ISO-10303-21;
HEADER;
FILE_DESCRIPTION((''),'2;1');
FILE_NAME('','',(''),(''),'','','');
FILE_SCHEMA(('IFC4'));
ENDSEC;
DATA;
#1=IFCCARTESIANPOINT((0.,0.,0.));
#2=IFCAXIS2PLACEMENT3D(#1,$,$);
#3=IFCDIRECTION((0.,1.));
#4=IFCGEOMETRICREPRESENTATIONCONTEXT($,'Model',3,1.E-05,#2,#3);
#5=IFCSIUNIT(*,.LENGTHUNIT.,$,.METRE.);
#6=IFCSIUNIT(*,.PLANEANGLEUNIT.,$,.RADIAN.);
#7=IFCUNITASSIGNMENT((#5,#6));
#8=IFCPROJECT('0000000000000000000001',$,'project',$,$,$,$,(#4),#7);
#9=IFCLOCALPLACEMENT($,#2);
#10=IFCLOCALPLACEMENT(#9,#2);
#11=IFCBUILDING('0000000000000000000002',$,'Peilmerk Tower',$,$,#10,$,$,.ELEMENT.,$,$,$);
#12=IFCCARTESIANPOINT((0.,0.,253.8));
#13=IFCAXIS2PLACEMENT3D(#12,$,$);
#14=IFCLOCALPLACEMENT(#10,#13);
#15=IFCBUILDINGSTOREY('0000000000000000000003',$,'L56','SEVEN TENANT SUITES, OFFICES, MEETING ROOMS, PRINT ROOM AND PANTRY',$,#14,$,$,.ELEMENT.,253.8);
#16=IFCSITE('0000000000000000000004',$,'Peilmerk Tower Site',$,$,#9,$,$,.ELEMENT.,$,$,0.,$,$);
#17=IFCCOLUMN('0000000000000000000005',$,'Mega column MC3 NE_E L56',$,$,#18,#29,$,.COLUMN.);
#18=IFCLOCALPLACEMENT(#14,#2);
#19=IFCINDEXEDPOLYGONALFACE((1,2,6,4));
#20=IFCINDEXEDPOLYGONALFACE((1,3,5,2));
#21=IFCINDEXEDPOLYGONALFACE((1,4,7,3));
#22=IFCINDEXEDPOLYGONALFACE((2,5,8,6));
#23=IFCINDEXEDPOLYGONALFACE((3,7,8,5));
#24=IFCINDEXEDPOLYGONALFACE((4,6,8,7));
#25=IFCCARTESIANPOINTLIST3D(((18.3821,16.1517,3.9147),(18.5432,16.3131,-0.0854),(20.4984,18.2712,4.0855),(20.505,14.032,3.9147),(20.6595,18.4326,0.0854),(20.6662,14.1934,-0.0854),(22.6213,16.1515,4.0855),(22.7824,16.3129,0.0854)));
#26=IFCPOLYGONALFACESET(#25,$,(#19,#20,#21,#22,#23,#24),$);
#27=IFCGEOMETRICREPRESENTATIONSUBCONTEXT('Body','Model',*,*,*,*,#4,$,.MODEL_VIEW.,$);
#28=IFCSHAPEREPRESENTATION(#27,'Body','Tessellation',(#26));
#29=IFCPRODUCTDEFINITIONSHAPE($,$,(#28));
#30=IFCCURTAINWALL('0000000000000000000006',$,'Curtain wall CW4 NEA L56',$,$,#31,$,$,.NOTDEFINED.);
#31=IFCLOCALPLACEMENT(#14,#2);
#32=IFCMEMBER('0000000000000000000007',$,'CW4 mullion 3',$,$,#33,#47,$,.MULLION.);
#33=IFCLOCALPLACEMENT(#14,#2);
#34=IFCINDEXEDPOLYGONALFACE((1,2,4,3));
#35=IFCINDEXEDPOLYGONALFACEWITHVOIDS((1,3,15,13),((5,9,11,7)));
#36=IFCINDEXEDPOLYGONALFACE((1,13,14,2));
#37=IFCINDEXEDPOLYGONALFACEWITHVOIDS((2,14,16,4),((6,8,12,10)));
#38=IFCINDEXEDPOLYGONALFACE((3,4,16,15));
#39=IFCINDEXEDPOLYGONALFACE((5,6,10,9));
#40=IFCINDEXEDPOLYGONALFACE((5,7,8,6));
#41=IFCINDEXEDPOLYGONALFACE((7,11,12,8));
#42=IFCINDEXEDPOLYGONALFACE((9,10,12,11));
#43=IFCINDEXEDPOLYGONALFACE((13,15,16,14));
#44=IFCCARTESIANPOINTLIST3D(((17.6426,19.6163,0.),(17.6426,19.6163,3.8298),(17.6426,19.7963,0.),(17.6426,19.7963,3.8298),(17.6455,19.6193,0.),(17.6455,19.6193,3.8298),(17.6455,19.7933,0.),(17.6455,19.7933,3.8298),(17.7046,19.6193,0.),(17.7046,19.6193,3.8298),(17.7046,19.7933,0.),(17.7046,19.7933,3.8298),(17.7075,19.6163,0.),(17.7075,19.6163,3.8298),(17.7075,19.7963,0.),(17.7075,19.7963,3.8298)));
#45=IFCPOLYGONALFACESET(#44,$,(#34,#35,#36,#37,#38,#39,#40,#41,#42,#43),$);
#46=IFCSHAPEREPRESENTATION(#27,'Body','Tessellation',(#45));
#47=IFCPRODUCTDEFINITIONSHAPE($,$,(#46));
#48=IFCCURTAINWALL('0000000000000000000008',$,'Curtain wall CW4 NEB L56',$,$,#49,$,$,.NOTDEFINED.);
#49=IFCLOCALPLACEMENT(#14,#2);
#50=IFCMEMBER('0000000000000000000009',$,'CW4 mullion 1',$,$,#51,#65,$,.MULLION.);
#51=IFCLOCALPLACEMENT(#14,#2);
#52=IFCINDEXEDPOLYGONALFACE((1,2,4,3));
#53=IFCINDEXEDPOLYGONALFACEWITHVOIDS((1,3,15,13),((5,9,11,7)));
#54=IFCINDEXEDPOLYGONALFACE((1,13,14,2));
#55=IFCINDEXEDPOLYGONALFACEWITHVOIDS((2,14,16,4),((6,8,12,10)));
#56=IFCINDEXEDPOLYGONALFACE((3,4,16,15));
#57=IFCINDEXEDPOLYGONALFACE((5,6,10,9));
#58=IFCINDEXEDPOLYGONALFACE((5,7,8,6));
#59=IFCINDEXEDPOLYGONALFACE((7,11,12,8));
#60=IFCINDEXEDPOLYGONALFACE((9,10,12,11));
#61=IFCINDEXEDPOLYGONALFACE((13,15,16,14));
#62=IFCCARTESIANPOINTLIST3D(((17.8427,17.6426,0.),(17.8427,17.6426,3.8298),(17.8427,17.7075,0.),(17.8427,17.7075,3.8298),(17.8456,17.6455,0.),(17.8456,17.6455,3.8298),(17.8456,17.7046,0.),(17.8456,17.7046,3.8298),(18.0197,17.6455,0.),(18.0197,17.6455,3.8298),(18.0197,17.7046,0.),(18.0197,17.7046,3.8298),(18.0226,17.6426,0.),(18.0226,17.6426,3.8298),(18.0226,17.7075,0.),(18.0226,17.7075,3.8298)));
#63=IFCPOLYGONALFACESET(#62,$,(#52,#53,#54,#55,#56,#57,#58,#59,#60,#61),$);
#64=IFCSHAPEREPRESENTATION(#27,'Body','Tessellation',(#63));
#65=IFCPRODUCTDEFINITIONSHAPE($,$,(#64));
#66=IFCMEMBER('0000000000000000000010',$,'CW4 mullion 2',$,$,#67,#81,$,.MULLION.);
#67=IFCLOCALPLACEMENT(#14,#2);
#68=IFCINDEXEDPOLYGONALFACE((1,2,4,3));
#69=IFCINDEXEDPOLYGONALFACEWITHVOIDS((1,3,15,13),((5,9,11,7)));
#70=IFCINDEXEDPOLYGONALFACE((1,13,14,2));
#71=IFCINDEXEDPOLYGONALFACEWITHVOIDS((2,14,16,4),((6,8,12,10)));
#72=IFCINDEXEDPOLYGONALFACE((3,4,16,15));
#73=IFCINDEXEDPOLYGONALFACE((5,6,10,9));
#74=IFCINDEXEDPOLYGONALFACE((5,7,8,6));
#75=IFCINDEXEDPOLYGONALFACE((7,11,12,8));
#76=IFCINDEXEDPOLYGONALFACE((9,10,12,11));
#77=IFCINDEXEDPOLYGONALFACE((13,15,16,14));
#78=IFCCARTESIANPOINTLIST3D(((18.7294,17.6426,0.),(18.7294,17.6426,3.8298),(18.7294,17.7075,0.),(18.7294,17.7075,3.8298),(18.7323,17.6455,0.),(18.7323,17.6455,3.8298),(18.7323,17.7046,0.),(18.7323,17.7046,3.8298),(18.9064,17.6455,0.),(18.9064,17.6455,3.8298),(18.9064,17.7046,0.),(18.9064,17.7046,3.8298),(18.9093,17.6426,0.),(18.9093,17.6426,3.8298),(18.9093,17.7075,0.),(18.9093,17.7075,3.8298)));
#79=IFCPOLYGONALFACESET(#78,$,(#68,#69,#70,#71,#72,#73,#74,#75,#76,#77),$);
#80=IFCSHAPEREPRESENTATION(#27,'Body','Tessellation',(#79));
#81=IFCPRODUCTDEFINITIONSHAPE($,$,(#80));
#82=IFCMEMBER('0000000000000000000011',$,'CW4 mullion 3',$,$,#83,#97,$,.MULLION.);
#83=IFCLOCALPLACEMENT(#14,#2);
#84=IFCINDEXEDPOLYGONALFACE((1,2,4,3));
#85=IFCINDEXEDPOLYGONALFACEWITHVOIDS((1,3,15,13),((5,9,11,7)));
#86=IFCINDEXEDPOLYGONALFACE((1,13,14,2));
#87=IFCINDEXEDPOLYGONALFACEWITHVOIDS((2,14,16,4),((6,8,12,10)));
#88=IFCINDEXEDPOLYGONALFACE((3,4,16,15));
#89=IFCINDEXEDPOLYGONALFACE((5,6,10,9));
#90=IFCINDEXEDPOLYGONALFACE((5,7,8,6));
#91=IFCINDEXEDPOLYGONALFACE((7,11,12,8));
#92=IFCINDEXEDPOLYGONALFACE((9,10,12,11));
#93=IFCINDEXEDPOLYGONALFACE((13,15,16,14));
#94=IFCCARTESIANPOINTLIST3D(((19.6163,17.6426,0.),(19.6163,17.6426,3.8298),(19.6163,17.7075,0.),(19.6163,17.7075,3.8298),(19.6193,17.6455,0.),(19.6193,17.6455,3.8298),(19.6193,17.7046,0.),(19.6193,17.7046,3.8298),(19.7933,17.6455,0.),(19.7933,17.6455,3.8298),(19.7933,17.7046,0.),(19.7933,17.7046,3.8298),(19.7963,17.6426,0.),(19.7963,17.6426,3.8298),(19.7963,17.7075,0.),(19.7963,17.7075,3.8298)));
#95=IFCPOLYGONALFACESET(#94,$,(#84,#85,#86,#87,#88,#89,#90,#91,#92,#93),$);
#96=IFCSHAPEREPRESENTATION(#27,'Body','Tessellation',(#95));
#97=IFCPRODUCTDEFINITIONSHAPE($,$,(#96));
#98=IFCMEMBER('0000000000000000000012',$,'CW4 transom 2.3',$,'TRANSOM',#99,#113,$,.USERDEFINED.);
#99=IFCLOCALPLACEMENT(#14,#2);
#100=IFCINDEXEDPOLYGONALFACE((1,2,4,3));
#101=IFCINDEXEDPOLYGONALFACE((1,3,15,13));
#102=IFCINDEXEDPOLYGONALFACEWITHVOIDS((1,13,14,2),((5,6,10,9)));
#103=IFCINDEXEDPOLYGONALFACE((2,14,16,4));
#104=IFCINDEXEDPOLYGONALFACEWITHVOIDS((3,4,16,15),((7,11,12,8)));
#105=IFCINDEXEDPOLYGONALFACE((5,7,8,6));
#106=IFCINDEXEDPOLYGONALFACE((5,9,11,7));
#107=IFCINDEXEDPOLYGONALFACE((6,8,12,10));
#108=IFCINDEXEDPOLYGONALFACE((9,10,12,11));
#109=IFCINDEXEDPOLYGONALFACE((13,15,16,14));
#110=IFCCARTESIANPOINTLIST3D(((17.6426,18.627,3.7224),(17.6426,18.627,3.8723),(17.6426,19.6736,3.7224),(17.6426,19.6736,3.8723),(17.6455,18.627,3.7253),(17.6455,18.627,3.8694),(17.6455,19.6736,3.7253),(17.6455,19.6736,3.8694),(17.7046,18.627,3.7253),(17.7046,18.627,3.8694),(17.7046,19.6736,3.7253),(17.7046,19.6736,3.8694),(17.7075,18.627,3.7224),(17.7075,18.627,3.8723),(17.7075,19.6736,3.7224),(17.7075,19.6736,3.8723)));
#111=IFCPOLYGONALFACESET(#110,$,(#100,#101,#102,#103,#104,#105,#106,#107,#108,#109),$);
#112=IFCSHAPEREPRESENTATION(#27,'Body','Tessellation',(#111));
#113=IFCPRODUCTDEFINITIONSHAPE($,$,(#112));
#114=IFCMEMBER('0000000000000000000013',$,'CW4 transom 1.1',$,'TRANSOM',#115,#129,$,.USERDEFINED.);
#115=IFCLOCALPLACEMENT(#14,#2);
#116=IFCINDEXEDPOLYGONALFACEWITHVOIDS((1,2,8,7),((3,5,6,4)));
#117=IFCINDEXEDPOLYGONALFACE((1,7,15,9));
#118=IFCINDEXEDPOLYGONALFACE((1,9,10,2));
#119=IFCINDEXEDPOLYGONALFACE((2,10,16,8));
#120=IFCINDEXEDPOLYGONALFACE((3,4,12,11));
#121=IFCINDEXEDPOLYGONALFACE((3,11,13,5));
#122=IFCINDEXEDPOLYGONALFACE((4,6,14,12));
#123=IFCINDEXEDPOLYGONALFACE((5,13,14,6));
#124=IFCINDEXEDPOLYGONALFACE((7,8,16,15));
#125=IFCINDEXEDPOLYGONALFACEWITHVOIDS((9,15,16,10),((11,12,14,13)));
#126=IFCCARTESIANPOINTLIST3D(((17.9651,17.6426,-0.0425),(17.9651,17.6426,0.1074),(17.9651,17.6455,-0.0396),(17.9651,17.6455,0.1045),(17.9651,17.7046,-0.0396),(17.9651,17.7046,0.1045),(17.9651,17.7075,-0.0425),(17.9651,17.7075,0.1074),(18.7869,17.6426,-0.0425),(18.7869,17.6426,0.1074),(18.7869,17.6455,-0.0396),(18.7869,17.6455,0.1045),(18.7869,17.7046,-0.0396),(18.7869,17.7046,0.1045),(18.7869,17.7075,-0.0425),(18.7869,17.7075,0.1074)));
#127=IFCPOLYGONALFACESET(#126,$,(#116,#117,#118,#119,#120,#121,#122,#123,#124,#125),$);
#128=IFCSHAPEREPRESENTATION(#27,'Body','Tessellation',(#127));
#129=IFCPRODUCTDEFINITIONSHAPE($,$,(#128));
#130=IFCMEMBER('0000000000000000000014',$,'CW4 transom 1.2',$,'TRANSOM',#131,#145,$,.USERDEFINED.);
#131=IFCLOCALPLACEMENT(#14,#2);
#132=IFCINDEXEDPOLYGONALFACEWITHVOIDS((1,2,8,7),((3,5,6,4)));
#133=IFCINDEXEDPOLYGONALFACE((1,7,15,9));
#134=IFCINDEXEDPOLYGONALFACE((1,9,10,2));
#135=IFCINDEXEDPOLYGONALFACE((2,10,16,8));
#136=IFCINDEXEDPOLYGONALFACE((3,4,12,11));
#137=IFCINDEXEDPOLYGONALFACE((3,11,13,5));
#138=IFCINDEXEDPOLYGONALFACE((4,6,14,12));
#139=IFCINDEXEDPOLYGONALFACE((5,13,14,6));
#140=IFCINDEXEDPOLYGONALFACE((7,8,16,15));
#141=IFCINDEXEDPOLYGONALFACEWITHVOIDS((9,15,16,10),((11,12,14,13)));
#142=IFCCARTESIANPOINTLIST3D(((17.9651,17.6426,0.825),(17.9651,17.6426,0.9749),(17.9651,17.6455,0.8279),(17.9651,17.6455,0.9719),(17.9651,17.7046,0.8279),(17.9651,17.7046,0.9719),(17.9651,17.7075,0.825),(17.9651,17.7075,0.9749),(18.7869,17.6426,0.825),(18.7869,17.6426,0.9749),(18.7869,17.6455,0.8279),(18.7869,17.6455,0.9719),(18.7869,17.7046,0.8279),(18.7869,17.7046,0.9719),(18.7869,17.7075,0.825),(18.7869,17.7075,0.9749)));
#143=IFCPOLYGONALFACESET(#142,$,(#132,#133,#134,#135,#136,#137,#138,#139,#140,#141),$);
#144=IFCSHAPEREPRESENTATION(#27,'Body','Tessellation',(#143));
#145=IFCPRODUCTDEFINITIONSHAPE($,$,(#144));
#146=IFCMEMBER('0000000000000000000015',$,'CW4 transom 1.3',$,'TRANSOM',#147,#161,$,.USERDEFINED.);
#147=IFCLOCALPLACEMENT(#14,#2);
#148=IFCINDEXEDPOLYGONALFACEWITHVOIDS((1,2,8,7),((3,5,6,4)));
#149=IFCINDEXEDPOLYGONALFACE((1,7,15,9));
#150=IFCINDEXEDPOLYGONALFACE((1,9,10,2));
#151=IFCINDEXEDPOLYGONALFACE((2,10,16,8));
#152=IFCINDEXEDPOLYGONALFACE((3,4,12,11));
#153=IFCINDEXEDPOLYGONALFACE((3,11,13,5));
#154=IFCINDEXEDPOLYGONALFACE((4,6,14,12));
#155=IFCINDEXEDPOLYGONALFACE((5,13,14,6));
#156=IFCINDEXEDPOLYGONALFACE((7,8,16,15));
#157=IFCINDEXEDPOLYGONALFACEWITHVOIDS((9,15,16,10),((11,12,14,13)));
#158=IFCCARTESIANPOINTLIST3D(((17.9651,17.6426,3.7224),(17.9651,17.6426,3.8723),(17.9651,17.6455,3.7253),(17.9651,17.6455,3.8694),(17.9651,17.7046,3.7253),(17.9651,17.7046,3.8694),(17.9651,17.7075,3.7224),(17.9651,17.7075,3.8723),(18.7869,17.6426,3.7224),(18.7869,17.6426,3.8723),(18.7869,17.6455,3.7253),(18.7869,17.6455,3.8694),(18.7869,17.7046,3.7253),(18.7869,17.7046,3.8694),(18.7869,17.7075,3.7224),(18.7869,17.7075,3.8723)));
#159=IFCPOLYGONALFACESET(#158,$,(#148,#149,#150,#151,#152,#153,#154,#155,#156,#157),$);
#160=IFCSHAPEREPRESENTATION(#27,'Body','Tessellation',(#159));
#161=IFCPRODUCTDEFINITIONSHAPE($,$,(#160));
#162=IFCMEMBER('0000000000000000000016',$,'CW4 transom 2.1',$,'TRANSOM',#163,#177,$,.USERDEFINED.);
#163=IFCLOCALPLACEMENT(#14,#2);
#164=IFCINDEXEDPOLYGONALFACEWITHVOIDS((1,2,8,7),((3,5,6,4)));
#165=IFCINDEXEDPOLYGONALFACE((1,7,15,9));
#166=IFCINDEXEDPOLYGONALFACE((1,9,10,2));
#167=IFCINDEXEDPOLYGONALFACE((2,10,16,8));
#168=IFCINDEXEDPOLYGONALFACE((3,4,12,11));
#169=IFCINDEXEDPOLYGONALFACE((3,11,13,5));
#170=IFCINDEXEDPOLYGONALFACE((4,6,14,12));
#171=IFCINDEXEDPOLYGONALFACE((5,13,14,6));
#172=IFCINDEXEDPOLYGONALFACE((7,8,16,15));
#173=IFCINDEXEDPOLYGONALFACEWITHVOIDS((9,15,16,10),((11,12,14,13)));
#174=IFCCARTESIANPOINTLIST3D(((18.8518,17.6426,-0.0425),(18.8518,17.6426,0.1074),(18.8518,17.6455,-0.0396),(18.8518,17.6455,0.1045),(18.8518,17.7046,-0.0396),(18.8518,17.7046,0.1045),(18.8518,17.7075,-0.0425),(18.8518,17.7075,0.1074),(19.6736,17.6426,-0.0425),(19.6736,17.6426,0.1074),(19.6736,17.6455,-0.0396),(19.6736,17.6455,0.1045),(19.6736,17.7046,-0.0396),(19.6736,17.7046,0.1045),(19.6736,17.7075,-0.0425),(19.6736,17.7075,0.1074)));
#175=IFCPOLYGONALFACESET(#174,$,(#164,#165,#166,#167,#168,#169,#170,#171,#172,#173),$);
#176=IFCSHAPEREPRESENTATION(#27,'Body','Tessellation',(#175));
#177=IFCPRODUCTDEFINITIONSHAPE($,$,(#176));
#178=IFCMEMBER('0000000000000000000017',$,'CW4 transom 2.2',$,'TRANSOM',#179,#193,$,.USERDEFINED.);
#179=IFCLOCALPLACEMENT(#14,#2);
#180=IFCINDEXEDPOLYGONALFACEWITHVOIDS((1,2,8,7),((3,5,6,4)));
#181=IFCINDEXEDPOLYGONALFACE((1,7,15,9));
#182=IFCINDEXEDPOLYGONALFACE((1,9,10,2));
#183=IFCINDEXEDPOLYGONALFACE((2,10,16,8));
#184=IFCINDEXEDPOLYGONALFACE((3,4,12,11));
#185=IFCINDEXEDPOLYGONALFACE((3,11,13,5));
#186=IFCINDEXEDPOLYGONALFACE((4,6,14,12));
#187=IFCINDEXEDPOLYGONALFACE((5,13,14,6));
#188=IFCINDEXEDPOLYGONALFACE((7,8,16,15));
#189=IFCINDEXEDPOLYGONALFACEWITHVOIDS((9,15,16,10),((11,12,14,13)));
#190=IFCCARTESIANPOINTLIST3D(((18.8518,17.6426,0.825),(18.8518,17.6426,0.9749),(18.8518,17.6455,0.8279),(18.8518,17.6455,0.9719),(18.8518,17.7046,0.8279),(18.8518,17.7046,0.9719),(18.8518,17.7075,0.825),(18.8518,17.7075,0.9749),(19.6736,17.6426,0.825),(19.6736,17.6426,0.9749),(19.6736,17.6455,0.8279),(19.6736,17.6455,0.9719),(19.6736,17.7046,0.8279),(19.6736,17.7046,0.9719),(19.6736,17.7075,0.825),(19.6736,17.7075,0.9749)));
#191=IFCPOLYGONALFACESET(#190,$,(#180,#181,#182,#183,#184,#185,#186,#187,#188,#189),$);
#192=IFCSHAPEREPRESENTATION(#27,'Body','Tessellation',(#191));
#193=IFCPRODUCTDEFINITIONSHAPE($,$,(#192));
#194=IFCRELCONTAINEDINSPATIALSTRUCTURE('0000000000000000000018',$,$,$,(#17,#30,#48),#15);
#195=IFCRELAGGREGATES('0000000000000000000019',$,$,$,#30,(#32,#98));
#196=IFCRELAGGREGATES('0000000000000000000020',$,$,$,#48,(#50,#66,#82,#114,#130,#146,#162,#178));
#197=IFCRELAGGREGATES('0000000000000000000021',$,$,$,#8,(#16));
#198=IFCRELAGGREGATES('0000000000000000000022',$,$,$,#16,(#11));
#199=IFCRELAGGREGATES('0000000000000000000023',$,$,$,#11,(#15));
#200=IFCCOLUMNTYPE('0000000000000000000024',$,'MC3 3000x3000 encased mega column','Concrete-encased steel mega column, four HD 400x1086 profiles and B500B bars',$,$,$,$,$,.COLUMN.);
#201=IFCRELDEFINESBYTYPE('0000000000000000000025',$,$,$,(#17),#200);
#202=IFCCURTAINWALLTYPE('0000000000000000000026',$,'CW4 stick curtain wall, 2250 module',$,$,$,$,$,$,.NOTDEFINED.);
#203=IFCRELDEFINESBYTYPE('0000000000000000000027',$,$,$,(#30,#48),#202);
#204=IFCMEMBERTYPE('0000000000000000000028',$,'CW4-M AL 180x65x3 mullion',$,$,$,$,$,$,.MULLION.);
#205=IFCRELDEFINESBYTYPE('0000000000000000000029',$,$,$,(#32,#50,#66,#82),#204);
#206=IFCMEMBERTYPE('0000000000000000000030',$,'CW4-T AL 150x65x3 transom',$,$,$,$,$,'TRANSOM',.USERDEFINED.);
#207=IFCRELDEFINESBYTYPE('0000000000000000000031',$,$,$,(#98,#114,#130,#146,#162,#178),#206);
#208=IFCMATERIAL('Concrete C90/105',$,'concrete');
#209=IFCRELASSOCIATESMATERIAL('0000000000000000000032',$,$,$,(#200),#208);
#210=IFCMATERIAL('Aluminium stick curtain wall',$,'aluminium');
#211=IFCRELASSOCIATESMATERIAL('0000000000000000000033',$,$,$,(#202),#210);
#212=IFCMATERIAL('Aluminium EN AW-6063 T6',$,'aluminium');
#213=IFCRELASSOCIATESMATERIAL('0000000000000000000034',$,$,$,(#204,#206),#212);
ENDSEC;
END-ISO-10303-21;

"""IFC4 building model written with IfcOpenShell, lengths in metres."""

from ifc_helpers import new_model, si_unit, direction, frame, origin, origin_2d, place, context, subcontext, project, spatial, rectangle, hollow_rectangle, extrude, material, material_profile, profile_set, type_object, element, aggregate, save


model = new_model("IFC4")

# Units and contexts
model_context = context("Model", 3, precision=1e-05, world=origin(), true_north=direction((0.0, 1.0)))
body_context = subcontext(model_context, "Body", "Model", "MODEL_VIEW")
ifc_project = project(units=[si_unit("LENGTHUNIT", "METRE"), si_unit("PLANEANGLEUNIT", "RADIAN")], contexts=[model_context])

# Site, building, storey
site_placement = place(None, origin())
site = spatial("IfcSite", under=ifc_project, at=site_placement, Name="Peilmerk Tower Site", CompositionType="ELEMENT", RefElevation=0.0)
building_placement = place(site_placement, origin())
building = spatial("IfcBuilding", under=site, at=building_placement, Name="Peilmerk Tower", CompositionType="ELEMENT")
storey_placement = place(building_placement, frame((0.0, 0.0, 253.8)))
storey = spatial("IfcBuildingStorey", under=building, at=storey_placement, Name="L56", Description="SEVEN TENANT SUITES, OFFICES, MEETING ROOMS, PRINT ROOM AND PANTRY", CompositionType="ELEMENT", Elevation=253.8)

# Column
ifc_material_1 = material(Name="Concrete C90/105", Category="concrete")
ifc_material_profile_1 = material_profile(ifc_material_1, rectangle(XDim=3.0, YDim=3.0, at=origin_2d()), Name="RC 3000x3000")
ifc_profile_set_1 = profile_set([ifc_material_profile_1], Name="Concrete C90/105")
column_type = type_object("IfcColumnType", Name="MC3 3000x3000 encased mega column", Description="Concrete-encased steel mega column, four HD 400x1086 profiles and B500B bars", PredefinedType="COLUMN", material=ifc_profile_set_1)
column_placement = place(storey_placement, frame((20.6628, 16.313, 0.0), z_axis=(-0.040218, -0.040279, 0.998379), x_axis=(0.707642, -0.706571, 0.0)))
element("IfcColumn", 1, at=column_placement, inside=storey, type_object=column_type, Name="Mega column MC3 NE_E L56", PredefinedType="COLUMN", context=body_context, shape_type="SweptSolid", body=[
    extrude(rectangle(XDim=3.0, YDim=3.0, at=origin_2d()), origin(), (0.0, 0.0, 1.0), 4.0066),
])

# Curtain wall, member
ifc_material_2 = material(Name="Aluminium stick curtain wall", Category="aluminium")
curtain_wall_type = type_object("IfcCurtainWallType", Name="CW4 stick curtain wall, 2250 module", PredefinedType="NOTDEFINED", material=ifc_material_2)
curtain_wall_1_placement = place(storey_placement, origin())
curtain_wall_1 = element("IfcCurtainWall", 2, at=curtain_wall_1_placement, inside=storey, type_object=curtain_wall_type, Name="Curtain wall CW4 NEA L56", PredefinedType="NOTDEFINED")
ifc_material_3 = material(Name="Aluminium EN AW-6063 T6", Category="aluminium")
ifc_material_profile_2 = material_profile(ifc_material_3, hollow_rectangle(XDim=0.0649, YDim=0.1799, WallThickness=0.0029, at=origin_2d()), Name="AL 180x65x3")
ifc_profile_set_2 = profile_set([ifc_material_profile_2], Name="Aluminium EN AW-6063 T6")
member_type_1 = type_object("IfcMemberType", Name="CW4-M AL 180x65x3 mullion", PredefinedType="MULLION", material=ifc_profile_set_2)
member_1_placement = place(storey_placement, frame((17.675, 19.7063, 0.0), z_axis=(0.0, 0.0, 1.0), x_axis=(-1.0, 0.0, 0.0)))
member_1 = element("IfcMember", 3, at=member_1_placement, type_object=member_type_1, Name="CW4 mullion 3", PredefinedType="MULLION", context=body_context, shape_type="SweptSolid", body=[
    extrude(hollow_rectangle(XDim=0.0649, YDim=0.1799, WallThickness=0.0029, at=origin_2d()), origin(), (0.0, 0.0, 1.0), 3.8298),
])

# Curtain wall, members
curtain_wall_2_placement = place(storey_placement, origin())
curtain_wall_2 = element("IfcCurtainWall", 4, at=curtain_wall_2_placement, inside=storey, type_object=curtain_wall_type, Name="Curtain wall CW4 NEB L56", PredefinedType="NOTDEFINED")
member_2_placement = place(storey_placement, frame((17.9326, 17.675, 0.0), z_axis=(0.0, 0.0, 1.0), x_axis=(0.0, 1.0, 0.0)))
member_2 = element("IfcMember", 5, at=member_2_placement, type_object=member_type_1, Name="CW4 mullion 1", PredefinedType="MULLION", context=body_context, shape_type="SweptSolid", body=[
    extrude(hollow_rectangle(XDim=0.0649, YDim=0.1799, WallThickness=0.0029, at=origin_2d()), origin(), (0.0, 0.0, 1.0), 3.8298),
])
member_3_placement = place(storey_placement, frame((18.8193, 17.675, 0.0), z_axis=(0.0, 0.0, 1.0), x_axis=(0.0, 1.0, 0.0)))
member_3 = element("IfcMember", 6, at=member_3_placement, type_object=member_type_1, Name="CW4 mullion 2", PredefinedType="MULLION", context=body_context, shape_type="SweptSolid", body=[
    extrude(hollow_rectangle(XDim=0.0649, YDim=0.1799, WallThickness=0.0029, at=origin_2d()), origin(), (0.0, 0.0, 1.0), 3.8298),
])
member_4_placement = place(storey_placement, frame((19.7063, 17.675, 0.0), z_axis=(0.0, 0.0, 1.0), x_axis=(0.0, 1.0, 0.0)))
member_4 = element("IfcMember", 7, at=member_4_placement, type_object=member_type_1, Name="CW4 mullion 3", PredefinedType="MULLION", context=body_context, shape_type="SweptSolid", body=[
    extrude(hollow_rectangle(XDim=0.0649, YDim=0.1799, WallThickness=0.0029, at=origin_2d()), origin(), (0.0, 0.0, 1.0), 3.8298),
])

# Members
ifc_material_profile_3 = material_profile(ifc_material_3, hollow_rectangle(XDim=0.0649, YDim=0.1499, WallThickness=0.0029, at=origin_2d()), Name="AL 150x65x3")
ifc_profile_set_3 = profile_set([ifc_material_profile_3], Name="Aluminium EN AW-6063 T6")
member_type_2 = type_object("IfcMemberType", Name="CW4-T AL 150x65x3 transom", ElementType="TRANSOM", PredefinedType="USERDEFINED", material=ifc_profile_set_3)
member_5_placement = place(storey_placement, frame((17.675, 18.627, 3.7974), z_axis=(0.0, 1.0, 0.0), x_axis=(-1.0, 0.0, 0.0)))
member_5 = element("IfcMember", 8, at=member_5_placement, type_object=member_type_2, Name="CW4 transom 2.3", ObjectType="TRANSOM", PredefinedType="USERDEFINED", context=body_context, shape_type="SweptSolid", body=[
    extrude(hollow_rectangle(XDim=0.0649, YDim=0.1499, WallThickness=0.0029, at=origin_2d()), origin(), (0.0, 0.0, 1.0), 1.0466),
])
member_6_placement = place(storey_placement, frame((17.9651, 17.675, 0.0325), z_axis=(1.0, 0.0, 0.0), x_axis=(0.0, 1.0, 0.0)))
member_6 = element("IfcMember", 9, at=member_6_placement, type_object=member_type_2, Name="CW4 transom 1.1", ObjectType="TRANSOM", PredefinedType="USERDEFINED", context=body_context, shape_type="SweptSolid", body=[
    extrude(hollow_rectangle(XDim=0.0649, YDim=0.1499, WallThickness=0.0029, at=origin_2d()), origin(), (0.0, 0.0, 1.0), 0.8218),
])
member_7_placement = place(storey_placement, frame((17.9651, 17.675, 0.8999), z_axis=(1.0, 0.0, 0.0), x_axis=(0.0, 1.0, 0.0)))
member_7 = element("IfcMember", 10, at=member_7_placement, type_object=member_type_2, Name="CW4 transom 1.2", ObjectType="TRANSOM", PredefinedType="USERDEFINED", context=body_context, shape_type="SweptSolid", body=[
    extrude(hollow_rectangle(XDim=0.0649, YDim=0.1499, WallThickness=0.0029, at=origin_2d()), origin(), (0.0, 0.0, 1.0), 0.8218),
])
member_8_placement = place(storey_placement, frame((17.9651, 17.675, 3.7974), z_axis=(1.0, 0.0, 0.0), x_axis=(0.0, 1.0, 0.0)))
member_8 = element("IfcMember", 11, at=member_8_placement, type_object=member_type_2, Name="CW4 transom 1.3", ObjectType="TRANSOM", PredefinedType="USERDEFINED", context=body_context, shape_type="SweptSolid", body=[
    extrude(hollow_rectangle(XDim=0.0649, YDim=0.1499, WallThickness=0.0029, at=origin_2d()), origin(), (0.0, 0.0, 1.0), 0.8218),
])
member_9_placement = place(storey_placement, frame((18.8518, 17.675, 0.0325), z_axis=(1.0, 0.0, 0.0), x_axis=(0.0, 1.0, 0.0)))
member_9 = element("IfcMember", 12, at=member_9_placement, type_object=member_type_2, Name="CW4 transom 2.1", ObjectType="TRANSOM", PredefinedType="USERDEFINED", context=body_context, shape_type="SweptSolid", body=[
    extrude(hollow_rectangle(XDim=0.0649, YDim=0.1499, WallThickness=0.0029, at=origin_2d()), origin(), (0.0, 0.0, 1.0), 0.8218),
])
member_10_placement = place(storey_placement, frame((18.8518, 17.675, 0.8999), z_axis=(1.0, 0.0, 0.0), x_axis=(0.0, 1.0, 0.0)))
member_10 = element("IfcMember", 13, at=member_10_placement, type_object=member_type_2, Name="CW4 transom 2.2", ObjectType="TRANSOM", PredefinedType="USERDEFINED", context=body_context, shape_type="SweptSolid", body=[
    extrude(hollow_rectangle(XDim=0.0649, YDim=0.1499, WallThickness=0.0029, at=origin_2d()), origin(), (0.0, 0.0, 1.0), 0.8218),
])

aggregate(curtain_wall_1, [member_1, member_5])
aggregate(curtain_wall_2, [member_2, member_3, member_4, member_6, member_7, member_8, member_9, member_10])

save(model, "model.ifc")
